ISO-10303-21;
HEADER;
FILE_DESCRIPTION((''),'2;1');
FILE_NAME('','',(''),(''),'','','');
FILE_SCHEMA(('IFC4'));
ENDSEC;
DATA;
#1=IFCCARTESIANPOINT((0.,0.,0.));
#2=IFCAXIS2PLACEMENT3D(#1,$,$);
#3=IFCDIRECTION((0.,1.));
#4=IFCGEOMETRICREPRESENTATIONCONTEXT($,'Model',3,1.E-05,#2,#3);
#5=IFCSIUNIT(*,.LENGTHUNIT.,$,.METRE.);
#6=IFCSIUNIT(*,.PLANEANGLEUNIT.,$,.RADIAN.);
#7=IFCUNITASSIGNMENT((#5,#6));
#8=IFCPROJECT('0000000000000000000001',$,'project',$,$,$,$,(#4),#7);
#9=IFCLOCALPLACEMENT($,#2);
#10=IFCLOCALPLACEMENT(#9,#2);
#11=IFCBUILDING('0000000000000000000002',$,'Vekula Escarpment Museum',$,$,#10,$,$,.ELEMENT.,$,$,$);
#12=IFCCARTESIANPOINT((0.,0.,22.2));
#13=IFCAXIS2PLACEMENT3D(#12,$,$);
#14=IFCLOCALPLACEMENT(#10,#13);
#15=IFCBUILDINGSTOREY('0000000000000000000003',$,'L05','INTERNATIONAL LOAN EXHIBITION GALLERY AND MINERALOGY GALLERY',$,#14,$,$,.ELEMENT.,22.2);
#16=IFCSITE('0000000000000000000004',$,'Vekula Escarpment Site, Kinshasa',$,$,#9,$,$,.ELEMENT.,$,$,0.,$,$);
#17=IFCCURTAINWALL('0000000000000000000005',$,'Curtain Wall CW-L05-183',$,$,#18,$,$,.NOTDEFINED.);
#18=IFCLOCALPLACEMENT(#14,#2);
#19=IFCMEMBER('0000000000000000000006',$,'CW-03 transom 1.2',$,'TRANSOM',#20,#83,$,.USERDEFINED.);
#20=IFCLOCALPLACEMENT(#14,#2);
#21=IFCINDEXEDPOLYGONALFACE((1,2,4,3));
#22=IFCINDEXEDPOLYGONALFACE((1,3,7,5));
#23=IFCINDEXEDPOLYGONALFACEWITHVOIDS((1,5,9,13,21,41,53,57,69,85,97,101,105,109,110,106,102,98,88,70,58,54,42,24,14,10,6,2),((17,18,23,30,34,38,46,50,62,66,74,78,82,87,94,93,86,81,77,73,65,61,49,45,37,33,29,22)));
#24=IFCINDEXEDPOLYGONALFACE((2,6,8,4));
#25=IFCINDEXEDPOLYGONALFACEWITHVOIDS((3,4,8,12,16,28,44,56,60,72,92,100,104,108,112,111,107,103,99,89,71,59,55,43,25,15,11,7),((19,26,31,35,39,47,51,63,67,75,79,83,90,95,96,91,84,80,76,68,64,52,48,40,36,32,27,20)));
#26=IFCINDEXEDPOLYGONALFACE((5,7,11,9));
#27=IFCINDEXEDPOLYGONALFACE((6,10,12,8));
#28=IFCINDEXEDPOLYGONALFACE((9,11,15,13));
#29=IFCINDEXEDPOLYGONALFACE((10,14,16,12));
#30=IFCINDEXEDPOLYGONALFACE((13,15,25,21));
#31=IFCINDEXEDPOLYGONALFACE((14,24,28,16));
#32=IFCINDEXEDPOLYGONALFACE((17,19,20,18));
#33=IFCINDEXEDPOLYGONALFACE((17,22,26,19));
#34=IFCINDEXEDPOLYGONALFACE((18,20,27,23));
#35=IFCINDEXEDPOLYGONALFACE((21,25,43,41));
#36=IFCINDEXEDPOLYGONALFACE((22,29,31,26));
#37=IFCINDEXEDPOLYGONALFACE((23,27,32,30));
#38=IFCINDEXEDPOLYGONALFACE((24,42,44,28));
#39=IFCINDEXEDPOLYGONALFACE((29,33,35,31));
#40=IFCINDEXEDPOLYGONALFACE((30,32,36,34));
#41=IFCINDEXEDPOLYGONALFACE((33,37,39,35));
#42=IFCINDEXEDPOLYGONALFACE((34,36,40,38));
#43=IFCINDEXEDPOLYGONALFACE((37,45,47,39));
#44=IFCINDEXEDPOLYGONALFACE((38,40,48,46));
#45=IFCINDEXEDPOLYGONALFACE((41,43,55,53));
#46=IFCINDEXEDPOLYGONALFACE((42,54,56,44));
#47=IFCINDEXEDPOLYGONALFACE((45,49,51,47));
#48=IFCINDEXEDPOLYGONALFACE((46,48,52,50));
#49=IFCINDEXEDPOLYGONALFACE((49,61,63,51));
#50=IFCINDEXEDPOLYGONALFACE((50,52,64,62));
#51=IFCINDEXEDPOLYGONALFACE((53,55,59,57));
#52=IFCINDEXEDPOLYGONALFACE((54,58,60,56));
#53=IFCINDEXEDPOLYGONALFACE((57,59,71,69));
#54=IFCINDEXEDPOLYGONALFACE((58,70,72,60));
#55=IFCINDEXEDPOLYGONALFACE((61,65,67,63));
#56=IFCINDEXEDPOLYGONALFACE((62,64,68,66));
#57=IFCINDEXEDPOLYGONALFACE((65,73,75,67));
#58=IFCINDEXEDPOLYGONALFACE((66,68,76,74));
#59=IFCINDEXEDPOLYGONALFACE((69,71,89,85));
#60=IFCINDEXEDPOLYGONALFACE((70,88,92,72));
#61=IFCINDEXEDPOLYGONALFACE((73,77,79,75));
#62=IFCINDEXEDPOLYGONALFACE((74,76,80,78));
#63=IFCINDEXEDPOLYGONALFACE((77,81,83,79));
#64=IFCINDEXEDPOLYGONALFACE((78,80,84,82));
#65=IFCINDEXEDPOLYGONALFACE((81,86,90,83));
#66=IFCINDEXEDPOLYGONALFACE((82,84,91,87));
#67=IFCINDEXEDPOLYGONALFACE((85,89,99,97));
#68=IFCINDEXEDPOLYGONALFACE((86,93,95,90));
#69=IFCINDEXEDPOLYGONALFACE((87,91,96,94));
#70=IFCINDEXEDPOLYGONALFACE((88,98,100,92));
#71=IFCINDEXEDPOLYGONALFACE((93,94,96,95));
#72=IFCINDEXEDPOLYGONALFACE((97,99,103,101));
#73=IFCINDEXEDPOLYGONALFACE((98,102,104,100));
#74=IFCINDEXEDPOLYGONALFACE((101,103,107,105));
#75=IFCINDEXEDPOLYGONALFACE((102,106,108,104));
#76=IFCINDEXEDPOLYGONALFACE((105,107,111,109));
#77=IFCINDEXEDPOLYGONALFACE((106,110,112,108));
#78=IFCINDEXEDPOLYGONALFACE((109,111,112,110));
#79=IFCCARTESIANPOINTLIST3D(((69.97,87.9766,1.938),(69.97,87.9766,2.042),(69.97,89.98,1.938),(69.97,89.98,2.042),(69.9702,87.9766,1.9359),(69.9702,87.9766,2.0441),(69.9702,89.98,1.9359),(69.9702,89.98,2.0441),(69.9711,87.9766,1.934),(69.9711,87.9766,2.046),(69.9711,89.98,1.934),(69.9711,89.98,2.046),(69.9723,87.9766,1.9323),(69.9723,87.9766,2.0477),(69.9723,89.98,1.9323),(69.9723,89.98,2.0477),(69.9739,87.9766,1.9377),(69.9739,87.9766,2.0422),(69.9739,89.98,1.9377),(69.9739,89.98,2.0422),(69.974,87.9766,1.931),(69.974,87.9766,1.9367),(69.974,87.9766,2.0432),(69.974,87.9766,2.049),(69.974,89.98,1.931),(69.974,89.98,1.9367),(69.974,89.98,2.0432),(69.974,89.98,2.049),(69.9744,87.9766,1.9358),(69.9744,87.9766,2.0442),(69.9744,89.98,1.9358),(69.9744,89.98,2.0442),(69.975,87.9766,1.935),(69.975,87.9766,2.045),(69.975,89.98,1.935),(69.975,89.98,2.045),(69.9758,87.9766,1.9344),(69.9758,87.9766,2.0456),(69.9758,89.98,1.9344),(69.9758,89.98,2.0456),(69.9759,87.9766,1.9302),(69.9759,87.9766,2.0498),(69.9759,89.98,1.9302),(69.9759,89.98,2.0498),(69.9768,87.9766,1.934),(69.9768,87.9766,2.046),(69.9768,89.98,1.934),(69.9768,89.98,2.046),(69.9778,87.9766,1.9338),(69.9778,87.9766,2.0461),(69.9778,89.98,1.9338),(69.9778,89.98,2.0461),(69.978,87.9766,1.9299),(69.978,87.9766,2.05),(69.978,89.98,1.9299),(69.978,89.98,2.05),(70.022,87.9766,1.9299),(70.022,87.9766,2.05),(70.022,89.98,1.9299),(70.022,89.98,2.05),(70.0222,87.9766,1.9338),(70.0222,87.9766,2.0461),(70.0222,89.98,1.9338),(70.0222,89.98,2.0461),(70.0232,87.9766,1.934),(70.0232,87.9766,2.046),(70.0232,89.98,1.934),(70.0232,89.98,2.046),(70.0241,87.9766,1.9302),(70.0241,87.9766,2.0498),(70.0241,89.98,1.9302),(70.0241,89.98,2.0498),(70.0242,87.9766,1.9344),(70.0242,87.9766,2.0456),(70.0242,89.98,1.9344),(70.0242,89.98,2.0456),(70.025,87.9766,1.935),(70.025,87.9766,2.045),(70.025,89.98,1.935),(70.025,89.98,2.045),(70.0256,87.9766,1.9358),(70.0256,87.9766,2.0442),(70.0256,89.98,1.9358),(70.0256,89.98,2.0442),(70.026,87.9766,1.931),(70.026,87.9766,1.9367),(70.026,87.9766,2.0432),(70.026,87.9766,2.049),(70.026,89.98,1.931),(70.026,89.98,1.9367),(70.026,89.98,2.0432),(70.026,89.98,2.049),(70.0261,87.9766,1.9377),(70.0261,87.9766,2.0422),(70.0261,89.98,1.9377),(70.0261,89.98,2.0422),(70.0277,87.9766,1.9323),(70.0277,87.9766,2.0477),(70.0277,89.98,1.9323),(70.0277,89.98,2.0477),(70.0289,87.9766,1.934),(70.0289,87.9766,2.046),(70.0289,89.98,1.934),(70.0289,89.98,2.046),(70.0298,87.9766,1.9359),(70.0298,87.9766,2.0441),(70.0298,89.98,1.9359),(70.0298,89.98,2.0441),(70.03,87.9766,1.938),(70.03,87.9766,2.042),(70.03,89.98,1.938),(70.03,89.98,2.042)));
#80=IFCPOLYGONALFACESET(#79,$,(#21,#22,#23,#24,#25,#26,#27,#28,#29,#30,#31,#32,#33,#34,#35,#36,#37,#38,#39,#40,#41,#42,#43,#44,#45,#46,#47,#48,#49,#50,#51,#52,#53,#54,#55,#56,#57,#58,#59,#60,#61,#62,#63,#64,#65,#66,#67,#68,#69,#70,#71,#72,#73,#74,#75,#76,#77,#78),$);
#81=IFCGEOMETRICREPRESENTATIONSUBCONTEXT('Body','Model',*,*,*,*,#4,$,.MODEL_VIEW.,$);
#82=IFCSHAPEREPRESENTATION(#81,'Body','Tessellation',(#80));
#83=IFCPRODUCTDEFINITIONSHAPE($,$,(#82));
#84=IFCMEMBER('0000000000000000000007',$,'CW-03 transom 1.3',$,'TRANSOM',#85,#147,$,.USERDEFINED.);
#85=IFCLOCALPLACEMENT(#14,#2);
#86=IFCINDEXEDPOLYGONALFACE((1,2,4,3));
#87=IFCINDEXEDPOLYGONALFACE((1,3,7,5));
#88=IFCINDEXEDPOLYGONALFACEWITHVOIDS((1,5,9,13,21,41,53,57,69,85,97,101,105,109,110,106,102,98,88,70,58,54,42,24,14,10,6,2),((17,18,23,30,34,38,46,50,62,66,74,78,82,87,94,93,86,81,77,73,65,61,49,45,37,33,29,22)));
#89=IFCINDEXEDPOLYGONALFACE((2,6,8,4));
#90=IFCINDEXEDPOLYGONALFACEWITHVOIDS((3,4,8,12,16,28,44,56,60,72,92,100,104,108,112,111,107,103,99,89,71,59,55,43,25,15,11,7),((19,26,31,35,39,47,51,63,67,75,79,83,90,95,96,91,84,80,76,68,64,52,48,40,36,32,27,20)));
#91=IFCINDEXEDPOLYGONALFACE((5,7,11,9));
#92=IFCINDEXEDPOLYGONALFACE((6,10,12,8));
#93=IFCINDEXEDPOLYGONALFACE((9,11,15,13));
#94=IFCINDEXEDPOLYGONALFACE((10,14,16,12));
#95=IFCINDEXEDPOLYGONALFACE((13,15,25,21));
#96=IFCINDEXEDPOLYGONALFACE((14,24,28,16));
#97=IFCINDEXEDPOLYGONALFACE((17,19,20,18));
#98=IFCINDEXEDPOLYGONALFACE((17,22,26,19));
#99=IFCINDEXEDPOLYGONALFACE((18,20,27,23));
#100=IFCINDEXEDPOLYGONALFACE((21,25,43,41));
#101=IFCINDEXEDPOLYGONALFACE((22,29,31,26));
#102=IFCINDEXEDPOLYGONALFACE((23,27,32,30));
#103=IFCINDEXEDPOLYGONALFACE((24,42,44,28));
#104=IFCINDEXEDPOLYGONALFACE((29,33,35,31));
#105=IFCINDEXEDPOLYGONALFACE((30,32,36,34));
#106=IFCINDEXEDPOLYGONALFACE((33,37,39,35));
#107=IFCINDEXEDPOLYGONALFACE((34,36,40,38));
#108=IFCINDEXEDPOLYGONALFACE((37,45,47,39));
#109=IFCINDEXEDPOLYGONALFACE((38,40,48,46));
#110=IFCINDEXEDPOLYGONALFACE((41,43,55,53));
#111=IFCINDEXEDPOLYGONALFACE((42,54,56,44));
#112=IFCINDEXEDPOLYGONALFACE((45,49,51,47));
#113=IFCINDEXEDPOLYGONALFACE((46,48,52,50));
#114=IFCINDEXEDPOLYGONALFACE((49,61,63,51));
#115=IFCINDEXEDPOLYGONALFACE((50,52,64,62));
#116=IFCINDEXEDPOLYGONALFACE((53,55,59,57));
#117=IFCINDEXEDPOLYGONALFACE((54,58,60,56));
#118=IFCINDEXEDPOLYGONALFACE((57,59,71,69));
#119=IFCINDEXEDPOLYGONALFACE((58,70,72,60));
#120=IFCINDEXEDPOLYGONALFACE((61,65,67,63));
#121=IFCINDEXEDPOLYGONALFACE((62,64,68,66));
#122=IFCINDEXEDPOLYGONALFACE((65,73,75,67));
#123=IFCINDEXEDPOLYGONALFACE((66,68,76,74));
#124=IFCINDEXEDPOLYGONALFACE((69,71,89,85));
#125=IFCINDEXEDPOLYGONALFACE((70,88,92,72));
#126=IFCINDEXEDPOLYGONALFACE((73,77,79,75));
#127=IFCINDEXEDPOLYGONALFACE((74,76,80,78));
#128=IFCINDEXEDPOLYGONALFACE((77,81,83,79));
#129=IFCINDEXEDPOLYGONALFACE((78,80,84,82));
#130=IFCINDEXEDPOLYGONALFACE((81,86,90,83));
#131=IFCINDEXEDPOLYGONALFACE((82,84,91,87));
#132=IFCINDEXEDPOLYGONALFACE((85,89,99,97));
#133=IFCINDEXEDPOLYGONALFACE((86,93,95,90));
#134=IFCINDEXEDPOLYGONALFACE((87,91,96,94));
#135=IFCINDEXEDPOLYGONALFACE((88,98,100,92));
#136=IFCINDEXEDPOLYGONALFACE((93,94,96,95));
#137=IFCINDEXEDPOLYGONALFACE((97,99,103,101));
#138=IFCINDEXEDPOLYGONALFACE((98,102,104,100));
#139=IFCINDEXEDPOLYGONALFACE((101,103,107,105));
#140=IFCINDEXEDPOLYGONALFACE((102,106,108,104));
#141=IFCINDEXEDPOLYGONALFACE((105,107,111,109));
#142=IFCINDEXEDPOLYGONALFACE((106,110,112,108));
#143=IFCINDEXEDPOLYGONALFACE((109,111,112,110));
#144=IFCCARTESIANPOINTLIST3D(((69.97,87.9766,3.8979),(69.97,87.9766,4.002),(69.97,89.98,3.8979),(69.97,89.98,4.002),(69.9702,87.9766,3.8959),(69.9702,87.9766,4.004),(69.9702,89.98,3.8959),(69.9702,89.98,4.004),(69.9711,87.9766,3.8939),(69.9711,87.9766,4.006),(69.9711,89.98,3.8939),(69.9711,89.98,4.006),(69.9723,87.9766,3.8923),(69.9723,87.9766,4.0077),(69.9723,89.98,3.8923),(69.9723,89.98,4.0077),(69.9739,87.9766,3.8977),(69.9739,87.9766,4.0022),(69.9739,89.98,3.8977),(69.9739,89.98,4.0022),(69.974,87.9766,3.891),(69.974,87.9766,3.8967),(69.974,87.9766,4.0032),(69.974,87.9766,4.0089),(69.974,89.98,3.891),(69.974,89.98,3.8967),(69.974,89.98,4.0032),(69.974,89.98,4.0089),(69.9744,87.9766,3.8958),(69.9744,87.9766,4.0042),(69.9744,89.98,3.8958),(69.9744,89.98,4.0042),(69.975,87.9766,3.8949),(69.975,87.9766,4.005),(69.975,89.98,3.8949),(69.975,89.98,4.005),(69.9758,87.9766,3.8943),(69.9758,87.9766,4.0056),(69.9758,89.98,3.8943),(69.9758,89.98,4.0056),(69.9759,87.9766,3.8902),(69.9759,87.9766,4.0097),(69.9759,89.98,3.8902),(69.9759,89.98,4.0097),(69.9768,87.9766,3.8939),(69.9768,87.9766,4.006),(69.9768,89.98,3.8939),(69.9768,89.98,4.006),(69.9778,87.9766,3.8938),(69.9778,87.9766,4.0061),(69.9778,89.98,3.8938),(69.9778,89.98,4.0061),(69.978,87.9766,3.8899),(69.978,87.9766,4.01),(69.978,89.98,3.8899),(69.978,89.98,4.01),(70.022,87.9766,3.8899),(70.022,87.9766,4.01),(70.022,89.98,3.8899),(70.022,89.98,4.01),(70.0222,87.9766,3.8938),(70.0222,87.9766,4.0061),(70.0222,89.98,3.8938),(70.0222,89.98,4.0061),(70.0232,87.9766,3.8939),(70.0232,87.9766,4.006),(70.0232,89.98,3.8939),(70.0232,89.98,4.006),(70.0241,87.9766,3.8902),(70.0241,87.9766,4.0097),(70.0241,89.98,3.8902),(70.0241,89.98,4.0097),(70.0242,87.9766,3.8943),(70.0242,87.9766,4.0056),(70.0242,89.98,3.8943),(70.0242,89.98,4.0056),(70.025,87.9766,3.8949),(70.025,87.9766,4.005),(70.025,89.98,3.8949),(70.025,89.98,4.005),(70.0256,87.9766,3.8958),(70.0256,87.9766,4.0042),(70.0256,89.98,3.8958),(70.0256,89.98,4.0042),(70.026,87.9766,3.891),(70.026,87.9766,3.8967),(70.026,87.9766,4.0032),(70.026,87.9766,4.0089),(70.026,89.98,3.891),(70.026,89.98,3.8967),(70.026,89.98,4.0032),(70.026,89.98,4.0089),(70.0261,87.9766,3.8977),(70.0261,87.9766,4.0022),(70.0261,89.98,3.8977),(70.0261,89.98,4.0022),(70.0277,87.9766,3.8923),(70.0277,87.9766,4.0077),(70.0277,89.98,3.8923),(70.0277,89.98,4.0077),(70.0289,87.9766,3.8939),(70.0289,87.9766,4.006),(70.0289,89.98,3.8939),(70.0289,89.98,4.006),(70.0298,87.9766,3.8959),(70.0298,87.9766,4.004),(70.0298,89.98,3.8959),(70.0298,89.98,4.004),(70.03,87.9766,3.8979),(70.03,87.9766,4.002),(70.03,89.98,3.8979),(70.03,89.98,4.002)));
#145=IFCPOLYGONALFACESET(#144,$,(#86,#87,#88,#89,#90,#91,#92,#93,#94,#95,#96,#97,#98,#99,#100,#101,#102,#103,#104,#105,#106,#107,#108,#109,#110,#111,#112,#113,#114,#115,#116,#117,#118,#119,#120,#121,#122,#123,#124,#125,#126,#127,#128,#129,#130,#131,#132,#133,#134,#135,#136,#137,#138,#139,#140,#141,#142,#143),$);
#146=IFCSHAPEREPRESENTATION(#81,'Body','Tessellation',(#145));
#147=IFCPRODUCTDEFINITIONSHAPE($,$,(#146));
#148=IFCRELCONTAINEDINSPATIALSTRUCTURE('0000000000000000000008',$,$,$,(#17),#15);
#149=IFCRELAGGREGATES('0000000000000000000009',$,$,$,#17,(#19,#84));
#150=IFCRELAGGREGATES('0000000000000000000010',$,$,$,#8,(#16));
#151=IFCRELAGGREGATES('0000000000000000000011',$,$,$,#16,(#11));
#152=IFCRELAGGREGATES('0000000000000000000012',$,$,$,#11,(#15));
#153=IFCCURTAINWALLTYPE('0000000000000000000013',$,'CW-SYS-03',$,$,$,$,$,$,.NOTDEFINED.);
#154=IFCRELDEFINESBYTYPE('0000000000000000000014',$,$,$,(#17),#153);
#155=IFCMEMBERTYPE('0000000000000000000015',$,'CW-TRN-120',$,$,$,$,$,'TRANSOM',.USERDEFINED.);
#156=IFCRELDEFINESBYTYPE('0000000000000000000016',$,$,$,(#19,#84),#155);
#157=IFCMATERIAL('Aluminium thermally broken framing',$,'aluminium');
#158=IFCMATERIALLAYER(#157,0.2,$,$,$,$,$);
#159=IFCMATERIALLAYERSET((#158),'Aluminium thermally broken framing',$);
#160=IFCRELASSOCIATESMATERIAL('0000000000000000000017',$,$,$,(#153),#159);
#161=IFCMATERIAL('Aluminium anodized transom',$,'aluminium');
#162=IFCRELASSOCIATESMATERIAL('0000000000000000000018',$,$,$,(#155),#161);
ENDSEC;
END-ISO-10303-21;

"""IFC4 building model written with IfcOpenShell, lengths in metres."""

from ifc_helpers import new_model, si_unit, direction, frame, origin, origin_2d, place, context, subcontext, project, spatial, hollow_rectangle, extrude, material, layer, layer_set, material_profile, profile_set, type_object, element, aggregate, save


model = new_model("IFC4")

# Units and contexts
model_context = context("Model", 3, precision=1e-05, world=origin(), true_north=direction((0.0, 1.0)))
body_context = subcontext(model_context, "Body", "Model", "MODEL_VIEW")
ifc_project = project(units=[si_unit("LENGTHUNIT", "METRE"), si_unit("PLANEANGLEUNIT", "RADIAN")], contexts=[model_context])

# Site, building, storey
site_placement = place(None, origin())
site = spatial("IfcSite", under=ifc_project, at=site_placement, Name="Vekula Escarpment Site, Kinshasa", CompositionType="ELEMENT", RefElevation=0.0)
building_placement = place(site_placement, origin())
building = spatial("IfcBuilding", under=site, at=building_placement, Name="Vekula Escarpment Museum", CompositionType="ELEMENT")
storey_placement = place(building_placement, frame((0.0, 0.0, 22.2)))
storey = spatial("IfcBuildingStorey", under=building, at=storey_placement, Name="L05", Description="INTERNATIONAL LOAN EXHIBITION GALLERY AND MINERALOGY GALLERY", CompositionType="ELEMENT", Elevation=22.2)

# Curtain wall, members
ifc_material_1 = material(Name="Aluminium thermally broken framing", Category="aluminium")
ifc_layer_1 = layer(ifc_material_1, 0.2)
ifc_layer_set_1 = layer_set([ifc_layer_1], Name="Aluminium thermally broken framing")
curtain_wall_type = type_object("IfcCurtainWallType", Name="CW-SYS-03", PredefinedType="NOTDEFINED", material=ifc_layer_set_1)
curtain_wall_placement = place(storey_placement, origin())
curtain_wall = element("IfcCurtainWall", 1, at=curtain_wall_placement, inside=storey, type_object=curtain_wall_type, Name="Curtain Wall CW-L05-183", PredefinedType="NOTDEFINED")
ifc_material_2 = material(Name="Aluminium anodized transom", Category="aluminium")
ifc_material_profile_1 = material_profile(ifc_material_2, hollow_rectangle(XDim=0.0601, YDim=0.1201, WallThickness=0.0039, InnerFilletRadius=0.0039, OuterFilletRadius=0.0081, at=origin_2d()), Name="ALU 120x60x4")
ifc_profile_set_1 = profile_set([ifc_material_profile_1], Name="Aluminium anodized transom")
member_type_1 = type_object("IfcMemberType", Name="CW-TRN-120", ElementType="TRANSOM", PredefinedType="USERDEFINED", material=ifc_profile_set_1)
member_1_placement = place(storey_placement, frame((70.0, 89.98, 1.99), z_axis=(0.0, -1.0, 0.0), x_axis=(1.0, 0.0, 0.0)))
member_1 = element("IfcMember", 2, at=member_1_placement, type_object=member_type_1, Name="CW-03 transom 1.2", ObjectType="TRANSOM", PredefinedType="USERDEFINED", context=body_context, shape_type="SweptSolid", body=[
    extrude(hollow_rectangle(XDim=0.0601, YDim=0.1201, WallThickness=0.0039, InnerFilletRadius=0.0039, OuterFilletRadius=0.0081, at=origin_2d()), origin(), (0.0, 0.0, 1.0), 2.0034),
])
member_2_placement = place(storey_placement, frame((70.0, 89.98, 3.95), z_axis=(0.0, -1.0, 0.0), x_axis=(1.0, 0.0, 0.0)))
member_2 = element("IfcMember", 3, at=member_2_placement, type_object=member_type_1, Name="CW-03 transom 1.3", ObjectType="TRANSOM", PredefinedType="USERDEFINED", context=body_context, shape_type="SweptSolid", body=[
    extrude(hollow_rectangle(XDim=0.0601, YDim=0.1201, WallThickness=0.0039, InnerFilletRadius=0.0039, OuterFilletRadius=0.0081, at=origin_2d()), origin(), (0.0, 0.0, 1.0), 2.0034),
])
aggregate(curtain_wall, [member_1, member_2])

save(model, "model.ifc")
